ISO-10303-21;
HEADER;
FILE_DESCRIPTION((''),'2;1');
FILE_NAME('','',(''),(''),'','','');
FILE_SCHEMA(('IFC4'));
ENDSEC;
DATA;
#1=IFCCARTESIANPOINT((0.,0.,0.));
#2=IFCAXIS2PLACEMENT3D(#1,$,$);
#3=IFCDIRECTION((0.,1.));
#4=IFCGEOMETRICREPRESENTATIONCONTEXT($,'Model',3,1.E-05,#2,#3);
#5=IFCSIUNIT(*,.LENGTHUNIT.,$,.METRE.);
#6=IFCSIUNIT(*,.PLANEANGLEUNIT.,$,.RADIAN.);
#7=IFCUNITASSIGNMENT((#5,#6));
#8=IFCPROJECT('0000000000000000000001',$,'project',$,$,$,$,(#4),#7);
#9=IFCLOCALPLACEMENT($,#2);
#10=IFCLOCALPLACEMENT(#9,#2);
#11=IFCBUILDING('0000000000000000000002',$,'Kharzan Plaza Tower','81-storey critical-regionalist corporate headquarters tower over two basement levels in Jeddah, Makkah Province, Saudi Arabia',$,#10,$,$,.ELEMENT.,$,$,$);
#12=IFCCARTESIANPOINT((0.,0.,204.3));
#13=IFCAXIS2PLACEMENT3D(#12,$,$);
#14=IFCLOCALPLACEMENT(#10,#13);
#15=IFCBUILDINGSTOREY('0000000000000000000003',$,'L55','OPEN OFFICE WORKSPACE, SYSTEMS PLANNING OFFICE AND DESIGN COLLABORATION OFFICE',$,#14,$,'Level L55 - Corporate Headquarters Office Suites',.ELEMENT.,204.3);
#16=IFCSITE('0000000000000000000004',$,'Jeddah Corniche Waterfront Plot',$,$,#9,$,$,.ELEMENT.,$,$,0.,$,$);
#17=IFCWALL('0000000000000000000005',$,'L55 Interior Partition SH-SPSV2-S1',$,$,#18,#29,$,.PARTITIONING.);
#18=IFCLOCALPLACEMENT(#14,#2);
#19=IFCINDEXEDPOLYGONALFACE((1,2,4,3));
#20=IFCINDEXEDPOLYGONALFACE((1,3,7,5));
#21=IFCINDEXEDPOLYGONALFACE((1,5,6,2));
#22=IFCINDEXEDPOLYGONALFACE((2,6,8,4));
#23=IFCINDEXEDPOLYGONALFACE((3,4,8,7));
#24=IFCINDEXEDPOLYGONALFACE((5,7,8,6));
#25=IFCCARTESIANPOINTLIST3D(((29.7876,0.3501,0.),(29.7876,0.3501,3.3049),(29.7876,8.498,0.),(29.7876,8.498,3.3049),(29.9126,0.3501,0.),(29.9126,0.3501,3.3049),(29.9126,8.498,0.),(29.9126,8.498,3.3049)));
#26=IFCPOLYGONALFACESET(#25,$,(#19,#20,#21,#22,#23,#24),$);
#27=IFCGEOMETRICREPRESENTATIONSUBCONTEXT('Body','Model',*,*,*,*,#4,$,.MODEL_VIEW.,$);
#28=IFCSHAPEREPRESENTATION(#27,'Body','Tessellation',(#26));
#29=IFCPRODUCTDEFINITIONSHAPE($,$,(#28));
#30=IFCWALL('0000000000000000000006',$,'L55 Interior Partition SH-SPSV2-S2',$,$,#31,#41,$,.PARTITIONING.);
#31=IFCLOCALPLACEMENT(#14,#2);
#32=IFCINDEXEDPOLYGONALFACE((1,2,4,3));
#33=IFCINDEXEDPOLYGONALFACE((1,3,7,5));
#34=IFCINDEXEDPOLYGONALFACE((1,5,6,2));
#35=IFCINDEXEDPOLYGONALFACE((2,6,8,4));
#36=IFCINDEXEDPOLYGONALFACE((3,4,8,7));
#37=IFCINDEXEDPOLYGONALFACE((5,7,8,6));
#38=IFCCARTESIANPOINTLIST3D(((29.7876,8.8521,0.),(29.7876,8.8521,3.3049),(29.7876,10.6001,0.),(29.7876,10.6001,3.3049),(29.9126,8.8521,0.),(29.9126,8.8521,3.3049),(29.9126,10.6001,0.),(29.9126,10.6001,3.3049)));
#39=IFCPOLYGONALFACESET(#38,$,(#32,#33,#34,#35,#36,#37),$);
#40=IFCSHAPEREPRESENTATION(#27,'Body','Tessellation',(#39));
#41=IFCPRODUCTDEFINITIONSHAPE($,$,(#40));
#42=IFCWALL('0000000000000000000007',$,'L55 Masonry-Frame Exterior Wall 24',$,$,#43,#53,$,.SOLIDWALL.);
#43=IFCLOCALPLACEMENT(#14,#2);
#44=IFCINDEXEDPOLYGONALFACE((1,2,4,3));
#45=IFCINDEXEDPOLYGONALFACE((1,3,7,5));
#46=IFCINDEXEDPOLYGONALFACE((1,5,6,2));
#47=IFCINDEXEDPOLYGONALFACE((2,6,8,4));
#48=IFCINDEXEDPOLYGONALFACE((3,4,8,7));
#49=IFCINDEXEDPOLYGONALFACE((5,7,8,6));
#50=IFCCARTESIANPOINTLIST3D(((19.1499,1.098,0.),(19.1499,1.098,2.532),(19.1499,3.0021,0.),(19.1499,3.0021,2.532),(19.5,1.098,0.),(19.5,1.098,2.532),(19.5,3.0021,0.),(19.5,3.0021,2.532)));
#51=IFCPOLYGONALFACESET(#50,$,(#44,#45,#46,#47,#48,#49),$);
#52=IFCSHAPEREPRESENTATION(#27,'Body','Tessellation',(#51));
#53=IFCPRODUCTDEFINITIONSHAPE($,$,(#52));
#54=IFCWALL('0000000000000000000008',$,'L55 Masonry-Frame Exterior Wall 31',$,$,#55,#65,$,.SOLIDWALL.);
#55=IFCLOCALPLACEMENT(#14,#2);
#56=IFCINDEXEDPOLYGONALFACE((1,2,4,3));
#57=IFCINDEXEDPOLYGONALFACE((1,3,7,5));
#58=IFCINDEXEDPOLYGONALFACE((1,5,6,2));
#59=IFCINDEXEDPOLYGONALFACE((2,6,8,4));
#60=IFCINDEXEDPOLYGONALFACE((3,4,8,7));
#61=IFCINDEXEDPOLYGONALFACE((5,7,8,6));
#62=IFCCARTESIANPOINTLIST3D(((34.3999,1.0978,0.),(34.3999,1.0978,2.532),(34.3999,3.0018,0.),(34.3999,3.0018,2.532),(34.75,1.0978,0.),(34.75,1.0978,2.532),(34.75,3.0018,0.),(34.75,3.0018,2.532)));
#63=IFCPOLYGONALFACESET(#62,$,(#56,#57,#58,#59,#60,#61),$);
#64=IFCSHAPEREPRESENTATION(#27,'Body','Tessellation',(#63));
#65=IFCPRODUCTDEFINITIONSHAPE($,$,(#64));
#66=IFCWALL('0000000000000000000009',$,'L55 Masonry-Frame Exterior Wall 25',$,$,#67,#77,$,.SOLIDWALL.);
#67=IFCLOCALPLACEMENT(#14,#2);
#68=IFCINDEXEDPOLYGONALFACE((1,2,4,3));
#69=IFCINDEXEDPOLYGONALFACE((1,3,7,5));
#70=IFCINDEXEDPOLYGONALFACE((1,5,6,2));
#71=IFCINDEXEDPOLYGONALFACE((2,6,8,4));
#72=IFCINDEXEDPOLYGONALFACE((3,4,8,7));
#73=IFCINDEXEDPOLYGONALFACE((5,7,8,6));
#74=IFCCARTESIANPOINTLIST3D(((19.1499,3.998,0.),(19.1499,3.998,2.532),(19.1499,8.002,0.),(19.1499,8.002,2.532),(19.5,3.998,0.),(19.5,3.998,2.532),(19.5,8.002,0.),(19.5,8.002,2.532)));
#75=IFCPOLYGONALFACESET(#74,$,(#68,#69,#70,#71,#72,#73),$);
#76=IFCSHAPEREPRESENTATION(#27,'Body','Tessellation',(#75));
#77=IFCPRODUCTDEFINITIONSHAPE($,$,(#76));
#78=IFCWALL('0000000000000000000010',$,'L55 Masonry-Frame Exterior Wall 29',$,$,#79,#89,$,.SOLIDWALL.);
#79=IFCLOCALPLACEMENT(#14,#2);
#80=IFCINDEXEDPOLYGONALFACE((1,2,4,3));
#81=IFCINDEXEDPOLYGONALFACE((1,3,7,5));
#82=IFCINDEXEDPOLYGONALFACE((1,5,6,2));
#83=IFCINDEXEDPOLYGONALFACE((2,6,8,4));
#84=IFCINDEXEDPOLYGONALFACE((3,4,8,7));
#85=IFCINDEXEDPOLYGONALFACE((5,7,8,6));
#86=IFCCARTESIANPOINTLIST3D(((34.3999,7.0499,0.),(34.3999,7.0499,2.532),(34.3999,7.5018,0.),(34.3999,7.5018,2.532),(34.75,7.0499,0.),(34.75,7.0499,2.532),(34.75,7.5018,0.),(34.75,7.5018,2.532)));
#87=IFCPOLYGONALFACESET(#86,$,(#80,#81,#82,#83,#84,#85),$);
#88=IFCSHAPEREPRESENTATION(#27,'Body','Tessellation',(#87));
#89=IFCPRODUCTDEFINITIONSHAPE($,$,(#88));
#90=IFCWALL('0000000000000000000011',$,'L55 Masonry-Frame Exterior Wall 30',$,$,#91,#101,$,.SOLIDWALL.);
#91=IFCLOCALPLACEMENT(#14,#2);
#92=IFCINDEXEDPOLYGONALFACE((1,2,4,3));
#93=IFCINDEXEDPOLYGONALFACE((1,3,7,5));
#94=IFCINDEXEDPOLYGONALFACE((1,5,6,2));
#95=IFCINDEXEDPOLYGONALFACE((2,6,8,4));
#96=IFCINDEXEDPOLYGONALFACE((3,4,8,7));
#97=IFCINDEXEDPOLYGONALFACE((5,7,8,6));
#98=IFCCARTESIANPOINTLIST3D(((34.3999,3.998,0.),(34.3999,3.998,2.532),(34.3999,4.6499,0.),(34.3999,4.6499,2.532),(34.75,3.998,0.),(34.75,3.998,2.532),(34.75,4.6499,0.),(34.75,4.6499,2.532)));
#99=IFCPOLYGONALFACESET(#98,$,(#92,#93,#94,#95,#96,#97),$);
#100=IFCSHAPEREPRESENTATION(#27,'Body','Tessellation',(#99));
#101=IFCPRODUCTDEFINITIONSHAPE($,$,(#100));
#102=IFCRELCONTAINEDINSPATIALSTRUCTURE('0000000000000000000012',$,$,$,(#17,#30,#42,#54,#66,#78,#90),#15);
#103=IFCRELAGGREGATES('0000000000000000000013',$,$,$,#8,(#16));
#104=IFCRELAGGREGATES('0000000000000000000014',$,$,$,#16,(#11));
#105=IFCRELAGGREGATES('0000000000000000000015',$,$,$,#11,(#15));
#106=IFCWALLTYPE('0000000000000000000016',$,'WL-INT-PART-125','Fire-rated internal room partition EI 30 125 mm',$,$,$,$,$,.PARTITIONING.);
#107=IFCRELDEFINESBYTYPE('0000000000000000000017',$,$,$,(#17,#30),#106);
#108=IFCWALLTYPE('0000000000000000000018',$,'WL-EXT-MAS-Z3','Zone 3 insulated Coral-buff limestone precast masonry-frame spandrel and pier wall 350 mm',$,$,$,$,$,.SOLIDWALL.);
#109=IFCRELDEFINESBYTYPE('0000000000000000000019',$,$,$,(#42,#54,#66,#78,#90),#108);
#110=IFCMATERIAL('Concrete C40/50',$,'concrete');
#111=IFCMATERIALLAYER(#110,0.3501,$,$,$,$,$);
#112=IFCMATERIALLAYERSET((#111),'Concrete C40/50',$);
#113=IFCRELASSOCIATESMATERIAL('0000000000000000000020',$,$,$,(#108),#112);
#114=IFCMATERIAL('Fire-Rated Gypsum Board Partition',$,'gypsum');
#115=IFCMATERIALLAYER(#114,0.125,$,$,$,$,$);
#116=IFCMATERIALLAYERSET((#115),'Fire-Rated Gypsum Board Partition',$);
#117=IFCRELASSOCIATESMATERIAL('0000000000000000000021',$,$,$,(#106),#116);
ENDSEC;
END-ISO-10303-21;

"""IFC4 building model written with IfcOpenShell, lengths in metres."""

from ifc_helpers import new_model, si_unit, direction, frame, frame_2d, origin, place, context, subcontext, project, spatial, rectangle, extrude, source, transform, mapped, material, layer, layer_set, type_object, element, save


model = new_model("IFC4")

# Units and contexts
model_context = context("Model", 3, precision=1e-05, world=origin(), true_north=direction((0.0, 1.0)))
body_context = subcontext(model_context, "Body", "Model", "MODEL_VIEW")
ifc_project = project(units=[si_unit("LENGTHUNIT", "METRE"), si_unit("PLANEANGLEUNIT", "RADIAN")], contexts=[model_context])

# Site, building, storey
site_placement = place(None, origin())
site = spatial("IfcSite", under=ifc_project, at=site_placement, Name="Jeddah Corniche Waterfront Plot", CompositionType="ELEMENT", RefElevation=0.0)
building_placement = place(site_placement, origin())
building = spatial("IfcBuilding", under=site, at=building_placement, Name="Kharzan Plaza Tower", Description="81-storey critical-regionalist corporate headquarters tower over two basement levels in Jeddah, Makkah Province, Saudi Arabia", CompositionType="ELEMENT")
storey_placement = place(building_placement, frame((0.0, 0.0, 204.3)))
storey = spatial("IfcBuildingStorey", under=building, at=storey_placement, Name="L55", Description="OPEN OFFICE WORKSPACE, SYSTEMS PLANNING OFFICE AND DESIGN COLLABORATION OFFICE", LongName="Level L55 - Corporate Headquarters Office Suites", CompositionType="ELEMENT", Elevation=204.3)

# Shared definitions
ifc_material_1 = material(Name="Concrete C40/50", Category="concrete")
ifc_layer_1 = layer(ifc_material_1, 0.3501)
ifc_layer_set_1 = layer_set([ifc_layer_1], Name="Concrete C40/50")
wall_type_1 = type_object("IfcWallType", Name="WL-EXT-MAS-Z3", Description="Zone 3 insulated Coral-buff limestone precast masonry-frame spandrel and pier wall 350 mm", PredefinedType="SOLIDWALL", material=ifc_layer_set_1)

# Walls
ifc_material_2 = material(Name="Fire-Rated Gypsum Board Partition", Category="gypsum")
ifc_layer_2 = layer(ifc_material_2, 0.125)
ifc_layer_set_2 = layer_set([ifc_layer_2], Name="Fire-Rated Gypsum Board Partition")
wall_type_2 = type_object("IfcWallType", Name="WL-INT-PART-125", Description="Fire-rated internal room partition EI 30 125 mm", PredefinedType="PARTITIONING", material=ifc_layer_set_2)
shared_shape_1 = source(origin(), body_context, "Body", "SweptSolid", [
    extrude(rectangle(XDim=8.1479, YDim=0.125, at=frame_2d((4.074, 0.0))), origin(), (0.0, 0.0, 1.0), 3.3049),
])
for number, where, z_axis, x_axis, name in (
    (1, (29.8501, 0.3501, 0.0), (0.0, 0.0, 1.0), (0.0, 1.0, 0.0), "L55 Interior Partition SH-SPSV2-S1"),
):
    element("IfcWall", number, at=place(storey_placement, frame(where, z_axis=z_axis, x_axis=x_axis)), inside=storey, type_object=wall_type_2, Name=name, PredefinedType="PARTITIONING", context=body_context, shape_type="MappedRepresentation", body=[
        mapped(shared_shape_1, transform((0.0, 0.0, 0.0), x_axis=(1.0, 0.0, 0.0), y_axis=(0.0, 1.0, 0.0), z_axis=(0.0, 0.0, 1.0))),
    ])
shared_shape_2 = source(origin(), body_context, "Body", "SweptSolid", [
    extrude(rectangle(XDim=1.748, YDim=0.125, at=frame_2d((0.874, 0.0))), origin(), (0.0, 0.0, 1.0), 3.3049),
])
wall_1_placement = place(storey_placement, frame((29.8501, 8.8521, 0.0), z_axis=(0.0, 0.0, 1.0), x_axis=(0.0, 1.0, 0.0)))
element("IfcWall", 2, at=wall_1_placement, inside=storey, type_object=wall_type_2, Name="L55 Interior Partition SH-SPSV2-S2", PredefinedType="PARTITIONING", context=body_context, shape_type="MappedRepresentation", body=[
    mapped(shared_shape_2, transform((0.0, 0.0, 0.0), x_axis=(1.0, 0.0, 0.0), y_axis=(0.0, 1.0, 0.0), z_axis=(0.0, 0.0, 1.0))),
])
shared_shape_3 = source(origin(), body_context, "Body", "SweptSolid", [
    extrude(rectangle(XDim=1.9041, YDim=0.3501, at=frame_2d((0.9521, 0.0))), origin(), (0.0, 0.0, 1.0), 2.532),
])
for number, where, z_axis, x_axis, name in (
    (3, (19.325, 1.0979, 0.0), (0.0, 0.0, 1.0), (0.0, 1.0, 0.0), "L55 Masonry-Frame Exterior Wall 24"),
    (4, (34.575, 3.002, 0.0), (0.0, 0.0, 1.0), (0.0, -1.0, 0.0), "L55 Masonry-Frame Exterior Wall 31"),
):
    element("IfcWall", number, at=place(storey_placement, frame(where, z_axis=z_axis, x_axis=x_axis)), inside=storey, type_object=wall_type_1, Name=name, PredefinedType="SOLIDWALL", context=body_context, shape_type="MappedRepresentation", body=[
        mapped(shared_shape_3, transform((0.0, 0.0, 0.0), x_axis=(1.0, 0.0, 0.0), y_axis=(0.0, 1.0, 0.0), z_axis=(0.0, 0.0, 1.0))),
    ])
shared_shape_4 = source(origin(), body_context, "Body", "SweptSolid", [
    extrude(rectangle(XDim=4.0039, YDim=0.3501, at=frame_2d((2.002, 0.0))), origin(), (0.0, 0.0, 1.0), 2.532),
])
wall_2_placement = place(storey_placement, frame((19.325, 3.998, 0.0), z_axis=(0.0, 0.0, 1.0), x_axis=(0.0, 1.0, 0.0)))
element("IfcWall", 5, at=wall_2_placement, inside=storey, type_object=wall_type_1, Name="L55 Masonry-Frame Exterior Wall 25", PredefinedType="SOLIDWALL", context=body_context, shape_type="MappedRepresentation", body=[
    mapped(shared_shape_4, transform((0.0, 0.0, 0.0), x_axis=(1.0, 0.0, 0.0), y_axis=(0.0, 1.0, 0.0), z_axis=(0.0, 0.0, 1.0))),
])
shared_shape_5 = source(origin(), body_context, "Body", "SweptSolid", [
    extrude(rectangle(XDim=0.4519, YDim=0.3501, at=frame_2d((0.2261, 0.0))), origin(), (0.0, 0.0, 1.0), 2.532),
])
wall_3_placement = place(storey_placement, frame((34.575, 7.502, 0.0), z_axis=(0.0, 0.0, 1.0), x_axis=(0.0, -1.0, 0.0)))
element("IfcWall", 6, at=wall_3_placement, inside=storey, type_object=wall_type_1, Name="L55 Masonry-Frame Exterior Wall 29", PredefinedType="SOLIDWALL", context=body_context, shape_type="MappedRepresentation", body=[
    mapped(shared_shape_5, transform((0.0, 0.0, 0.0), x_axis=(1.0, 0.0, 0.0), y_axis=(0.0, 1.0, 0.0), z_axis=(0.0, 0.0, 1.0))),
])
shared_shape_6 = source(origin(), body_context, "Body", "SweptSolid", [
    extrude(rectangle(XDim=0.6519, YDim=0.3501, at=frame_2d((0.3259, 0.0))), origin(), (0.0, 0.0, 1.0), 2.532),
])
wall_4_placement = place(storey_placement, frame((34.575, 4.6499, 0.0), z_axis=(0.0, 0.0, 1.0), x_axis=(0.0, -1.0, 0.0)))
element("IfcWall", 7, at=wall_4_placement, inside=storey, type_object=wall_type_1, Name="L55 Masonry-Frame Exterior Wall 30", PredefinedType="SOLIDWALL", context=body_context, shape_type="MappedRepresentation", body=[
    mapped(shared_shape_6, transform((0.0, 0.0, 0.0), x_axis=(1.0, 0.0, 0.0), y_axis=(0.0, 1.0, 0.0), z_axis=(0.0, 0.0, 1.0))),
])

save(model, "model.ifc")
